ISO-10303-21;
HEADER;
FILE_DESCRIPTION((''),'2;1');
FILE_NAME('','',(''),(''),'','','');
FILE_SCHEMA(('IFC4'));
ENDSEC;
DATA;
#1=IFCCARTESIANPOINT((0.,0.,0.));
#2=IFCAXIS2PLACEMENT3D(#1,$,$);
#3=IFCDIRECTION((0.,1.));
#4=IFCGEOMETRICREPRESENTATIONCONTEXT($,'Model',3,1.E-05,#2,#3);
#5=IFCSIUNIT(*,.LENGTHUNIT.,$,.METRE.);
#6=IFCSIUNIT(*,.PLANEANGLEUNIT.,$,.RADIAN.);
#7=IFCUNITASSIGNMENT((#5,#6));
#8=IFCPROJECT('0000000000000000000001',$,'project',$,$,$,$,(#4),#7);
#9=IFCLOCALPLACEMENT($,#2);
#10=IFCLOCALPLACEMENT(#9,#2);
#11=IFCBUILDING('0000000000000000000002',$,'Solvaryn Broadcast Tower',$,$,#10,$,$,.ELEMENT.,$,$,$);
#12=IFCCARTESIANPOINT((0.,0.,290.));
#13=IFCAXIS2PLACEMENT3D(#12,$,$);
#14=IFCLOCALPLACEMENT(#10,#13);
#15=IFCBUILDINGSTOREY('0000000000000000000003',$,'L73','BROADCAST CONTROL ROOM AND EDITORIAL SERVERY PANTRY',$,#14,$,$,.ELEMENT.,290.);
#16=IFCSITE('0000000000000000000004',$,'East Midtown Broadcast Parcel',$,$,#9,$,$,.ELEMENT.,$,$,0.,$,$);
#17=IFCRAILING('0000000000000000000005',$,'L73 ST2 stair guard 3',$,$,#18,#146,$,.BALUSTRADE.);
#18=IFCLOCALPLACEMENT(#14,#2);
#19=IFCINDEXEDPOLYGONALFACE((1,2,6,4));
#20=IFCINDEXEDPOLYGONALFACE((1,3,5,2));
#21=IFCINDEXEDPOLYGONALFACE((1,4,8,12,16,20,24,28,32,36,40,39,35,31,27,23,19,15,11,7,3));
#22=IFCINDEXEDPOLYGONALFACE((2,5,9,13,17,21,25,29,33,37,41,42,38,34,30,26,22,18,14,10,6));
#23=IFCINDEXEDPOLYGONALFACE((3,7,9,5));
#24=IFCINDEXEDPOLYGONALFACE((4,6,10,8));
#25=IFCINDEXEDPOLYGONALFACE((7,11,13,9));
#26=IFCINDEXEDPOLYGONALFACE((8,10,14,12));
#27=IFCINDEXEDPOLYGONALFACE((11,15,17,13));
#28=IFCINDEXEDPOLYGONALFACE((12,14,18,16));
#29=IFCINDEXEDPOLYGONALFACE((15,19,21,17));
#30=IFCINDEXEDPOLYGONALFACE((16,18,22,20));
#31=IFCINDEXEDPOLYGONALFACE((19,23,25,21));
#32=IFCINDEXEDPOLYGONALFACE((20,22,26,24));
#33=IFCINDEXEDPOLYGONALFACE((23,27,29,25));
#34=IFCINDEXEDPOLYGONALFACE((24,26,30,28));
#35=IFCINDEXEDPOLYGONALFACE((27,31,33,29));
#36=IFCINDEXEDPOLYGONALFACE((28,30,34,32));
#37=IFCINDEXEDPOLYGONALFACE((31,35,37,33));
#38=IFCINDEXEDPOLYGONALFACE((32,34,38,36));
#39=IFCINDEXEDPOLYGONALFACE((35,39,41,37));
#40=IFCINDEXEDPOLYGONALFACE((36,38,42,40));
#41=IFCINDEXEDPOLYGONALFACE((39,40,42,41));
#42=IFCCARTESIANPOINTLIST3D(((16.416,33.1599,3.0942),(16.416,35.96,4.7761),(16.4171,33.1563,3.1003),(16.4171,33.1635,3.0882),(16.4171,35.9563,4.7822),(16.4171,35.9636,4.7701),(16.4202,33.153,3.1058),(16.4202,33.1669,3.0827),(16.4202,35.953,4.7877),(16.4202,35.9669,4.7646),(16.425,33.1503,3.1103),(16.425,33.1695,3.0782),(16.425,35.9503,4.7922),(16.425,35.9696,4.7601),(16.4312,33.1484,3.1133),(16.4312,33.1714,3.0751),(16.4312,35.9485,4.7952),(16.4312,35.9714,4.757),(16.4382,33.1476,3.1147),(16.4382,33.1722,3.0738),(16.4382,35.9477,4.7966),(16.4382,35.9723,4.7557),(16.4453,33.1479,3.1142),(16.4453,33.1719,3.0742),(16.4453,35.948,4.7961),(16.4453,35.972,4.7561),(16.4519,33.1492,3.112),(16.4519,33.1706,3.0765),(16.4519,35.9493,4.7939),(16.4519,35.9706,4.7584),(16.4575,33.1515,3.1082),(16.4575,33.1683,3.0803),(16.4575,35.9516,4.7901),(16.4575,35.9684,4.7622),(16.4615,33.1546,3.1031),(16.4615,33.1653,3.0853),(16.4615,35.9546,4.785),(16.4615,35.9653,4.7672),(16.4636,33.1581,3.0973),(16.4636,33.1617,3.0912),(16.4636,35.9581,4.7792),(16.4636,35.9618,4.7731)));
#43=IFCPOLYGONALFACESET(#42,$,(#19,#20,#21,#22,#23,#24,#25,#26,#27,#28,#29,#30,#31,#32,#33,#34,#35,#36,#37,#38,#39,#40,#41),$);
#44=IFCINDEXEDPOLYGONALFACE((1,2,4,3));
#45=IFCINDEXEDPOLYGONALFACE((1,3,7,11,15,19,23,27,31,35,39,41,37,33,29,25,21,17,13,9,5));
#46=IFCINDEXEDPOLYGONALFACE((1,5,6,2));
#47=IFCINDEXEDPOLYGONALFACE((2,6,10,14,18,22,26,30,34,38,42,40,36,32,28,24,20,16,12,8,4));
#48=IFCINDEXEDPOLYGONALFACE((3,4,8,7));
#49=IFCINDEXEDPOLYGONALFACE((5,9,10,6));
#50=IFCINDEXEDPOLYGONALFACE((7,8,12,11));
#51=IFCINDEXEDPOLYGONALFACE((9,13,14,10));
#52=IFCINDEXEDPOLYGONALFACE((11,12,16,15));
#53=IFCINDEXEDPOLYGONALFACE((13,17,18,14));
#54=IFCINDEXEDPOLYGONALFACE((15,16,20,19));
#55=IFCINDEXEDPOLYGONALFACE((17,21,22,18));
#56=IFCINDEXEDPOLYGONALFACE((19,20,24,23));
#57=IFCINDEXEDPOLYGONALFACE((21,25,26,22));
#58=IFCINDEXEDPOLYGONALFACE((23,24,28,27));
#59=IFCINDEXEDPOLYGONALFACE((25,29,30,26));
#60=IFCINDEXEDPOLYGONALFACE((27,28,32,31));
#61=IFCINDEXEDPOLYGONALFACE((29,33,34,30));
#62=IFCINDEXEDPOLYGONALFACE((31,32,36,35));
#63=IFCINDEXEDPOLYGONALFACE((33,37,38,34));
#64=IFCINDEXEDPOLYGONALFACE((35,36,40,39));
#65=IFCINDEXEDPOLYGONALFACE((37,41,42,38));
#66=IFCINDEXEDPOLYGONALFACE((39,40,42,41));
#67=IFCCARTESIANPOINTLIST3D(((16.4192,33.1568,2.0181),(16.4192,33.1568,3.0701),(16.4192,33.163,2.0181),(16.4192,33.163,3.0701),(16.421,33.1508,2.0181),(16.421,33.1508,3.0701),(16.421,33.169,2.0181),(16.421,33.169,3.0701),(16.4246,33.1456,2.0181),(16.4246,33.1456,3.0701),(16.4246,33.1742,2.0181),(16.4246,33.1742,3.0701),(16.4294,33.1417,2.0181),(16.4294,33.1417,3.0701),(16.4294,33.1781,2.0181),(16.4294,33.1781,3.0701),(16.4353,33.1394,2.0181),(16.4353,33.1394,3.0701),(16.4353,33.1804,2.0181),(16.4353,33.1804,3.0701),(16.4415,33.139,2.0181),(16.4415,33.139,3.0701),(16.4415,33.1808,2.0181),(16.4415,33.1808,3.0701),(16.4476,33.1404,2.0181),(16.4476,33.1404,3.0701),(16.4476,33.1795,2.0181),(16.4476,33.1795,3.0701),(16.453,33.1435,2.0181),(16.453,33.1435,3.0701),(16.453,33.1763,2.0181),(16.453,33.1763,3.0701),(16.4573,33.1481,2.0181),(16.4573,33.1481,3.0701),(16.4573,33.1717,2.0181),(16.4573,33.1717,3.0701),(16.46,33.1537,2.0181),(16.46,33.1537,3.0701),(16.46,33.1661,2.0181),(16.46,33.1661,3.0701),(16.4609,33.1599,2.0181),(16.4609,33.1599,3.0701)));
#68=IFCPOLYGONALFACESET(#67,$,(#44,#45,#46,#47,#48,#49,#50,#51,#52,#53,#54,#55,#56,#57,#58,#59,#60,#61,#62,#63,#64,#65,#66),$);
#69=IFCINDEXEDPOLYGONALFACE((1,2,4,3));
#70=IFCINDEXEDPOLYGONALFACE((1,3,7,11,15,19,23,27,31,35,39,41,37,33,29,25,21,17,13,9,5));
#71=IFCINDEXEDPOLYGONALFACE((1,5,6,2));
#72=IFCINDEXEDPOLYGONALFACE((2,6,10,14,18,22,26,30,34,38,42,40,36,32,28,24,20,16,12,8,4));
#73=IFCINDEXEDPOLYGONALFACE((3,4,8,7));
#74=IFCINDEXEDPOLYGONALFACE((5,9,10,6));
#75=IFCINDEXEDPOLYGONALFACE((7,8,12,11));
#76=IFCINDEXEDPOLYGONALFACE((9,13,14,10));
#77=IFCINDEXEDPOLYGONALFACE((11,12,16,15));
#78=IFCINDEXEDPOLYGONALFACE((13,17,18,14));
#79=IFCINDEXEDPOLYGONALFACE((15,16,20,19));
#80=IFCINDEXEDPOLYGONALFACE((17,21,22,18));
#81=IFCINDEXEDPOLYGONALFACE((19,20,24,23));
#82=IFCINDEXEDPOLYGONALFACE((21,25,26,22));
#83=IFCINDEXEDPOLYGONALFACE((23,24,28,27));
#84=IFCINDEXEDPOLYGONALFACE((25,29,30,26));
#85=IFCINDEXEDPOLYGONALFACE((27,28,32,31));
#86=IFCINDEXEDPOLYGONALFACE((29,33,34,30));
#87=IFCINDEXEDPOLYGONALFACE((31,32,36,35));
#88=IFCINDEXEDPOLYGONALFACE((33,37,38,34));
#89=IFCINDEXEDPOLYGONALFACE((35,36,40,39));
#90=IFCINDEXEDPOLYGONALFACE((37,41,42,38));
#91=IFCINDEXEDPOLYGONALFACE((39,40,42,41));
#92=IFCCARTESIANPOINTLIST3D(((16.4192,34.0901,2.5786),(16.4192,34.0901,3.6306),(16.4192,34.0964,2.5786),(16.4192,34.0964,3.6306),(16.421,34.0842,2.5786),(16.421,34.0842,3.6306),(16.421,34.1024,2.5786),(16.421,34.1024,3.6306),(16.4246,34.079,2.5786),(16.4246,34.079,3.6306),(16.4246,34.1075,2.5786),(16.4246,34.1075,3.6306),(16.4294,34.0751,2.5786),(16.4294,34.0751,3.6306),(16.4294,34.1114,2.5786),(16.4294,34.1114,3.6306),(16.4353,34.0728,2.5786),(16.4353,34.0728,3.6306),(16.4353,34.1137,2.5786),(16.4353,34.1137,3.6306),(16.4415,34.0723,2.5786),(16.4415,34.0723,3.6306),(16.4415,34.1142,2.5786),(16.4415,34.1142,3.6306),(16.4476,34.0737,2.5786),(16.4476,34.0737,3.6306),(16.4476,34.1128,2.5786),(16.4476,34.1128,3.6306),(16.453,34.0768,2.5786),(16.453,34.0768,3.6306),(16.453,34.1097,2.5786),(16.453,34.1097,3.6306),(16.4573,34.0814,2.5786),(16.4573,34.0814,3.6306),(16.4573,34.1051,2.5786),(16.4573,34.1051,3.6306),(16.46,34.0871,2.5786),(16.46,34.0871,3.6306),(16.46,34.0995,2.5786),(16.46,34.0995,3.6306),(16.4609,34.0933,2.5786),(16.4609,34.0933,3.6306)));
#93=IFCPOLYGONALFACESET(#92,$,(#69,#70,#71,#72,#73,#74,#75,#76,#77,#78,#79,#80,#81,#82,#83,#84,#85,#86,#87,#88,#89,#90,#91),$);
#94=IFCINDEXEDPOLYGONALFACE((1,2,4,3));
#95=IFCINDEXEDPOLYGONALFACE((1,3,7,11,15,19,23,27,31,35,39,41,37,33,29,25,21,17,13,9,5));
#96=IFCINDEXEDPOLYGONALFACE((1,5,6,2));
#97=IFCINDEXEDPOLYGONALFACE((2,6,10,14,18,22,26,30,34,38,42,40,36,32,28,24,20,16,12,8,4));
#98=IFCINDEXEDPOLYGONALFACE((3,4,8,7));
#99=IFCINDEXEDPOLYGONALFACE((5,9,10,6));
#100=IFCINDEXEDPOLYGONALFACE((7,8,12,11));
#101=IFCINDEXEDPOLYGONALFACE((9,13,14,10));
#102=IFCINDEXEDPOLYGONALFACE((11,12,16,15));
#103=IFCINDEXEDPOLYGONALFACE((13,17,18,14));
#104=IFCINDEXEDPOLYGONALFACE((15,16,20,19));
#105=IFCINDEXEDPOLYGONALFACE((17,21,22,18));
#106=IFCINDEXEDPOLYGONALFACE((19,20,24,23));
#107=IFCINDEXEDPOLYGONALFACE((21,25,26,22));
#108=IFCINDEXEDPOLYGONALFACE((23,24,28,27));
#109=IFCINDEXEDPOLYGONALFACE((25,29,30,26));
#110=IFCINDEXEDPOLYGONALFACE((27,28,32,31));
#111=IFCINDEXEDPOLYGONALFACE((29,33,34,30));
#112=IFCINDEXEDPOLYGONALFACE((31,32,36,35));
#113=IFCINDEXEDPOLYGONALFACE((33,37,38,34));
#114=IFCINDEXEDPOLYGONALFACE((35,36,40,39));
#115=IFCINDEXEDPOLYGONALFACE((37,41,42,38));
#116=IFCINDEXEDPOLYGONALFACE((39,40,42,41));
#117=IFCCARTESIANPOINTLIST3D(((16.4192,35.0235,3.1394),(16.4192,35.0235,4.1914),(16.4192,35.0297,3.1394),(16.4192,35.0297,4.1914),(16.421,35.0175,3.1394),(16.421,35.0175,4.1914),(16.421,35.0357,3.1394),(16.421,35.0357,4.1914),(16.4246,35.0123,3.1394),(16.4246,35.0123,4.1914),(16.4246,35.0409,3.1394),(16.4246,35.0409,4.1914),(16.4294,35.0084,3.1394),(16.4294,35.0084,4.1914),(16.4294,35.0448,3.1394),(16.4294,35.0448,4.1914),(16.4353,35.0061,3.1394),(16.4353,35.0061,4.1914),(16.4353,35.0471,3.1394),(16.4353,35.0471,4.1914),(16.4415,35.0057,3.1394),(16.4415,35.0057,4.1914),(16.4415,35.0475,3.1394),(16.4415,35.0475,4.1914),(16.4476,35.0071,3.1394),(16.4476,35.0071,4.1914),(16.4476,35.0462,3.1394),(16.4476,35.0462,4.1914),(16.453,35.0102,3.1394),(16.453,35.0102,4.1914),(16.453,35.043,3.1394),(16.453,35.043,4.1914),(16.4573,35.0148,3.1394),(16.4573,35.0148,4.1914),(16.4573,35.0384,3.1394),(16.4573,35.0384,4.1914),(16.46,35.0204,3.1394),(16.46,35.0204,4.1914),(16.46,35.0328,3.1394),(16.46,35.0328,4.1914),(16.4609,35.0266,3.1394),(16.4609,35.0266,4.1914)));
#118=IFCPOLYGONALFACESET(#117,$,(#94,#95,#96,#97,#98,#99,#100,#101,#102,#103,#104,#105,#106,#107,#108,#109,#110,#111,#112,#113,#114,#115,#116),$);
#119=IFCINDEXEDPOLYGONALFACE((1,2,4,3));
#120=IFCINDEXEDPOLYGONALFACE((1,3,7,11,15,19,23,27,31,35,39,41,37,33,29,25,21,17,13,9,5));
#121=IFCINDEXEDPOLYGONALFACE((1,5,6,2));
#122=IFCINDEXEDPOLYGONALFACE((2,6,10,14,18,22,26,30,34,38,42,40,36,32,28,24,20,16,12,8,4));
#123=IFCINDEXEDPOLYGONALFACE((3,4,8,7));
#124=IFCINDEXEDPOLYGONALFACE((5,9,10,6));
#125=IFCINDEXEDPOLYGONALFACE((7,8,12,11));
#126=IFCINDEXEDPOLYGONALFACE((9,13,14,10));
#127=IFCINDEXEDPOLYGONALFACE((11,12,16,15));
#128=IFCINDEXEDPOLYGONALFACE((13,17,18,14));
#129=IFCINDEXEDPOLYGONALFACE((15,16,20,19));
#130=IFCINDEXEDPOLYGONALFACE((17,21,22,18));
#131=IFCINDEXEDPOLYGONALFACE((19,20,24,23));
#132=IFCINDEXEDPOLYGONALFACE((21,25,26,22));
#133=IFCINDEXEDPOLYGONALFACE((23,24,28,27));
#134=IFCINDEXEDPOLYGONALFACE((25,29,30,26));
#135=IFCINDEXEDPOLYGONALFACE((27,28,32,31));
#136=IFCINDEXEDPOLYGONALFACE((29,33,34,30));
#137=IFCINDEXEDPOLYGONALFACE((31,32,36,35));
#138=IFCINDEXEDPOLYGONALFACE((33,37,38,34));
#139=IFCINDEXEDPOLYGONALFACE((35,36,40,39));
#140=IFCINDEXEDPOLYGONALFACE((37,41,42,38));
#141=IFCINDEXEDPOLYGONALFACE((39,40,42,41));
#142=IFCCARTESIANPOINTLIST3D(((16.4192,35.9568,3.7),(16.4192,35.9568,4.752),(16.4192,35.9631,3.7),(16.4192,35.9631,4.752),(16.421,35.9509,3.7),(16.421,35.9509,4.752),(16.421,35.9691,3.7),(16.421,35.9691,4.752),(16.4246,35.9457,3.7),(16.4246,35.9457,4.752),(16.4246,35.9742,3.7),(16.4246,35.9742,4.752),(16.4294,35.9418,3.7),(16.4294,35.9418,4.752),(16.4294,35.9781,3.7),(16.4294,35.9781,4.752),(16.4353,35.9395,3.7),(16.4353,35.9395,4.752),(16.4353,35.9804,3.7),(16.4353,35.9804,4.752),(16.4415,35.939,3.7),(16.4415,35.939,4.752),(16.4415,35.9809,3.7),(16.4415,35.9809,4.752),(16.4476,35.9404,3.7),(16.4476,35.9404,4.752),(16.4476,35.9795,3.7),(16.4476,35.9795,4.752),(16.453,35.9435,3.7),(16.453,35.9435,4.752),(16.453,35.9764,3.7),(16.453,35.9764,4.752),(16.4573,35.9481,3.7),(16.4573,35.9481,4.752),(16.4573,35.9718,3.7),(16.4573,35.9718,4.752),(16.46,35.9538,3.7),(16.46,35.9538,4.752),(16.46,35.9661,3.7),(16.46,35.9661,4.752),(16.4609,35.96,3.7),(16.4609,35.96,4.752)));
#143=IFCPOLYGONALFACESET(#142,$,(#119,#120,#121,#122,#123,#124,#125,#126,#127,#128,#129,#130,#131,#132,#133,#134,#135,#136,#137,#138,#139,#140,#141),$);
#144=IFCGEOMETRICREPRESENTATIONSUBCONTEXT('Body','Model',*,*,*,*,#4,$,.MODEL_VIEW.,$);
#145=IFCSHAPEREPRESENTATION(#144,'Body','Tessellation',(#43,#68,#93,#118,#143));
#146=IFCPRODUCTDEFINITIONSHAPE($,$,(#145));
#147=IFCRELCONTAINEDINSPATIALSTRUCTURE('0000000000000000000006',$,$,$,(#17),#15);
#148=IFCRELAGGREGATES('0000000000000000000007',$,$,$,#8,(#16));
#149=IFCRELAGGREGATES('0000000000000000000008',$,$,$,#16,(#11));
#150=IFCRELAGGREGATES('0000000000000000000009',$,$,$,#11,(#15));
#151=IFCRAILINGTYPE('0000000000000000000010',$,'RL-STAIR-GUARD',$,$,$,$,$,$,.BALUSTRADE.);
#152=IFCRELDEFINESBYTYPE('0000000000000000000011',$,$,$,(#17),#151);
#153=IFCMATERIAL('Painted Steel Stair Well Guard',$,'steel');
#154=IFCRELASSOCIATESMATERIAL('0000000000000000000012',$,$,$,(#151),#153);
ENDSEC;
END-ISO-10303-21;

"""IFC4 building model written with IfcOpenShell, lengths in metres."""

from ifc_helpers import new_model, si_unit, direction, frame, origin, origin_2d, place, context, subcontext, project, spatial, circle, extrude, material, type_object, element, save


model = new_model("IFC4")

# Units and contexts
model_context = context("Model", 3, precision=1e-05, world=origin(), true_north=direction((0.0, 1.0)))
body_context = subcontext(model_context, "Body", "Model", "MODEL_VIEW")
ifc_project = project(units=[si_unit("LENGTHUNIT", "METRE"), si_unit("PLANEANGLEUNIT", "RADIAN")], contexts=[model_context])

# Site, building, storey
site_placement = place(None, origin())
site = spatial("IfcSite", under=ifc_project, at=site_placement, Name="East Midtown Broadcast Parcel", CompositionType="ELEMENT", RefElevation=0.0)
building_placement = place(site_placement, origin())
building = spatial("IfcBuilding", under=site, at=building_placement, Name="Solvaryn Broadcast Tower", CompositionType="ELEMENT")
storey_placement = place(building_placement, frame((0.0, 0.0, 290.0)))
storey = spatial("IfcBuildingStorey", under=building, at=storey_placement, Name="L73", Description="BROADCAST CONTROL ROOM AND EDITORIAL SERVERY PANTRY", CompositionType="ELEMENT", Elevation=290.0)

# Railing
ifc_material_1 = material(Name="Painted Steel Stair Well Guard", Category="steel")
railing_type_1 = type_object("IfcRailingType", Name="RL-STAIR-GUARD", PredefinedType="BALUSTRADE", material=ifc_material_1)
railing_1_placement = place(storey_placement, frame((16.4399, 33.1599, 2.0181)))
element("IfcRailing", 1, at=railing_1_placement, inside=storey, type_object=railing_type_1, Name="L73 ST2 stair guard 3", PredefinedType="BALUSTRADE", context=body_context, shape_type="SweptSolid", body=[
    extrude(circle(Radius=0.0239, at=origin_2d()), frame((0.0, 0.0, 1.0762), z_axis=(0.0, 0.857242, 0.514913), x_axis=(-1.0, 0.0, 0.0)), (0.0, 0.0, 1.0), 3.2664),
    extrude(circle(Radius=0.021, at=origin_2d()), origin(), (0.0, 0.0, 1.0), 1.052),
    extrude(circle(Radius=0.021, at=origin_2d()), frame((0.0, 0.9333, 0.5605)), (0.0, 0.0, 1.0), 1.052),
    extrude(circle(Radius=0.021, at=origin_2d()), frame((0.0, 1.8667, 1.1213)), (0.0, 0.0, 1.0), 1.052),
    extrude(circle(Radius=0.021, at=origin_2d()), frame((0.0, 2.8, 1.6819)), (0.0, 0.0, 1.0), 1.052),
])

save(model, "model.ifc")
